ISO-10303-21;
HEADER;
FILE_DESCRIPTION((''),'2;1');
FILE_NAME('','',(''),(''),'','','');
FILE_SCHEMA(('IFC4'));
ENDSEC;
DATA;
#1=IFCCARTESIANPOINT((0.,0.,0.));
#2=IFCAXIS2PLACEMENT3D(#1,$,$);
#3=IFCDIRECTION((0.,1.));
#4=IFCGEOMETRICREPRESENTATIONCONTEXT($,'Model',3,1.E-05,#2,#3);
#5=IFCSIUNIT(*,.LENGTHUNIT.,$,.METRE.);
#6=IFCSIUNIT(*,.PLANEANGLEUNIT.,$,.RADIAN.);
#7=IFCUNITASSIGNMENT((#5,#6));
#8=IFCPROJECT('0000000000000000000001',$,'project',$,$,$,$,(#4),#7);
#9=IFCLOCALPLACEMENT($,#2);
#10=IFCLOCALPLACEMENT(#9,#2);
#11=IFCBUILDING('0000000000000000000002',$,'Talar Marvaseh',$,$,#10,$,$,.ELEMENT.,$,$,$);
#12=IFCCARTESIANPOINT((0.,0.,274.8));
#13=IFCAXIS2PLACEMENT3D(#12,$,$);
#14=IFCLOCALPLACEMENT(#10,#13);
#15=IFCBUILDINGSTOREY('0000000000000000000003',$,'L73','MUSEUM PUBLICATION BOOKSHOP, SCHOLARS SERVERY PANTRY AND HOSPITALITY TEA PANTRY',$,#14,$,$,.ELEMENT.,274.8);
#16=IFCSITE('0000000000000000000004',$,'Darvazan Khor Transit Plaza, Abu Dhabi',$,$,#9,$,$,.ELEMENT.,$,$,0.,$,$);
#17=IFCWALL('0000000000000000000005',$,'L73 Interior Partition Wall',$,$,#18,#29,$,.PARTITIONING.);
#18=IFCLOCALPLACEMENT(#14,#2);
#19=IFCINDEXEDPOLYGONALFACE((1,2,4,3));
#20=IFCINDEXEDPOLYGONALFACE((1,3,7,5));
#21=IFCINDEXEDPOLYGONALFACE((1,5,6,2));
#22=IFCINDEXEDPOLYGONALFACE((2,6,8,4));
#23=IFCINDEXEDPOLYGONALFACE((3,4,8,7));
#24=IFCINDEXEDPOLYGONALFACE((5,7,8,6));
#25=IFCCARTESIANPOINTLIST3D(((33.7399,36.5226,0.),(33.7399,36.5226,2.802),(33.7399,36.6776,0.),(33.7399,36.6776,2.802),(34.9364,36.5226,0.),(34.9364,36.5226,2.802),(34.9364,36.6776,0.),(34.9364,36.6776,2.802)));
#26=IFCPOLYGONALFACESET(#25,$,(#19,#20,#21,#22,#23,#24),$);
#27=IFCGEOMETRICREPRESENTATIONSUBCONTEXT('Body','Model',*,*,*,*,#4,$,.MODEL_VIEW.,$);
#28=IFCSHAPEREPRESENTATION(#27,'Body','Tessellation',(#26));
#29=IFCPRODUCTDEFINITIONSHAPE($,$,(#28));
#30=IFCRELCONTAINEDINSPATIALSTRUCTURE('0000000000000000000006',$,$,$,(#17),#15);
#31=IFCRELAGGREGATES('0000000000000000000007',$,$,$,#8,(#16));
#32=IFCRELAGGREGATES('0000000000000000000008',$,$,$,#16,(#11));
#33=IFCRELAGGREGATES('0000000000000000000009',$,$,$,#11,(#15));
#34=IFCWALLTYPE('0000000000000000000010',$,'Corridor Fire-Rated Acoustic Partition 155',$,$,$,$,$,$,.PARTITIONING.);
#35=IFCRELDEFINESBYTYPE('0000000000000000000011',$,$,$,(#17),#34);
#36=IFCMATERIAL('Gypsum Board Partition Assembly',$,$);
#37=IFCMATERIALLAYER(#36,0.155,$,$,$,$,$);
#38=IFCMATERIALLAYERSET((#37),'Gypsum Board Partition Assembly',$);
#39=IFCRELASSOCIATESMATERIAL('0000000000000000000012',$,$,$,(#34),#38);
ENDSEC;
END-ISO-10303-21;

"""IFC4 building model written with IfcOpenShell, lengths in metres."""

from ifc_helpers import new_model, si_unit, direction, frame, frame_2d, origin, place, context, subcontext, project, spatial, rectangle, extrude, material, layer, layer_set, type_object, element, save


model = new_model("IFC4")

# Units and contexts
model_context = context("Model", 3, precision=1e-05, world=origin(), true_north=direction((0.0, 1.0)))
body_context = subcontext(model_context, "Body", "Model", "MODEL_VIEW")
ifc_project = project(units=[si_unit("LENGTHUNIT", "METRE"), si_unit("PLANEANGLEUNIT", "RADIAN")], contexts=[model_context])

# Site, building, storey
site_placement = place(None, origin())
site = spatial("IfcSite", under=ifc_project, at=site_placement, Name="Darvazan Khor Transit Plaza, Abu Dhabi", CompositionType="ELEMENT", RefElevation=0.0)
building_placement = place(site_placement, origin())
building = spatial("IfcBuilding", under=site, at=building_placement, Name="Talar Marvaseh", CompositionType="ELEMENT")
storey_placement = place(building_placement, frame((0.0, 0.0, 274.8)))
storey = spatial("IfcBuildingStorey", under=building, at=storey_placement, Name="L73", Description="MUSEUM PUBLICATION BOOKSHOP, SCHOLARS SERVERY PANTRY AND HOSPITALITY TEA PANTRY", CompositionType="ELEMENT", Elevation=274.8)

# Shared definitions
ifc_material_1 = material(Name="Gypsum Board Partition Assembly")
ifc_layer_1 = layer(ifc_material_1, 0.155)
ifc_layer_set_1 = layer_set([ifc_layer_1], Name="Gypsum Board Partition Assembly")
wall_type_1 = type_object("IfcWallType", Name="Corridor Fire-Rated Acoustic Partition 155", PredefinedType="PARTITIONING", material=ifc_layer_set_1)

# Wall
wall_1_placement = place(storey_placement, frame((33.74, 36.6001, 0.0), z_axis=(0.0, 0.0, 1.0), x_axis=(1.0, 0.0, 0.0)))
element("IfcWall", 1, at=wall_1_placement, inside=storey, type_object=wall_type_1, Name="L73 Interior Partition Wall", PredefinedType="PARTITIONING", context=body_context, shape_type="SweptSolid", body=[
    extrude(rectangle(XDim=1.1965, YDim=0.155, at=frame_2d((0.5981, 0.0))), origin(), (0.0, 0.0, 1.0), 2.802),
])

save(model, "model.ifc")
